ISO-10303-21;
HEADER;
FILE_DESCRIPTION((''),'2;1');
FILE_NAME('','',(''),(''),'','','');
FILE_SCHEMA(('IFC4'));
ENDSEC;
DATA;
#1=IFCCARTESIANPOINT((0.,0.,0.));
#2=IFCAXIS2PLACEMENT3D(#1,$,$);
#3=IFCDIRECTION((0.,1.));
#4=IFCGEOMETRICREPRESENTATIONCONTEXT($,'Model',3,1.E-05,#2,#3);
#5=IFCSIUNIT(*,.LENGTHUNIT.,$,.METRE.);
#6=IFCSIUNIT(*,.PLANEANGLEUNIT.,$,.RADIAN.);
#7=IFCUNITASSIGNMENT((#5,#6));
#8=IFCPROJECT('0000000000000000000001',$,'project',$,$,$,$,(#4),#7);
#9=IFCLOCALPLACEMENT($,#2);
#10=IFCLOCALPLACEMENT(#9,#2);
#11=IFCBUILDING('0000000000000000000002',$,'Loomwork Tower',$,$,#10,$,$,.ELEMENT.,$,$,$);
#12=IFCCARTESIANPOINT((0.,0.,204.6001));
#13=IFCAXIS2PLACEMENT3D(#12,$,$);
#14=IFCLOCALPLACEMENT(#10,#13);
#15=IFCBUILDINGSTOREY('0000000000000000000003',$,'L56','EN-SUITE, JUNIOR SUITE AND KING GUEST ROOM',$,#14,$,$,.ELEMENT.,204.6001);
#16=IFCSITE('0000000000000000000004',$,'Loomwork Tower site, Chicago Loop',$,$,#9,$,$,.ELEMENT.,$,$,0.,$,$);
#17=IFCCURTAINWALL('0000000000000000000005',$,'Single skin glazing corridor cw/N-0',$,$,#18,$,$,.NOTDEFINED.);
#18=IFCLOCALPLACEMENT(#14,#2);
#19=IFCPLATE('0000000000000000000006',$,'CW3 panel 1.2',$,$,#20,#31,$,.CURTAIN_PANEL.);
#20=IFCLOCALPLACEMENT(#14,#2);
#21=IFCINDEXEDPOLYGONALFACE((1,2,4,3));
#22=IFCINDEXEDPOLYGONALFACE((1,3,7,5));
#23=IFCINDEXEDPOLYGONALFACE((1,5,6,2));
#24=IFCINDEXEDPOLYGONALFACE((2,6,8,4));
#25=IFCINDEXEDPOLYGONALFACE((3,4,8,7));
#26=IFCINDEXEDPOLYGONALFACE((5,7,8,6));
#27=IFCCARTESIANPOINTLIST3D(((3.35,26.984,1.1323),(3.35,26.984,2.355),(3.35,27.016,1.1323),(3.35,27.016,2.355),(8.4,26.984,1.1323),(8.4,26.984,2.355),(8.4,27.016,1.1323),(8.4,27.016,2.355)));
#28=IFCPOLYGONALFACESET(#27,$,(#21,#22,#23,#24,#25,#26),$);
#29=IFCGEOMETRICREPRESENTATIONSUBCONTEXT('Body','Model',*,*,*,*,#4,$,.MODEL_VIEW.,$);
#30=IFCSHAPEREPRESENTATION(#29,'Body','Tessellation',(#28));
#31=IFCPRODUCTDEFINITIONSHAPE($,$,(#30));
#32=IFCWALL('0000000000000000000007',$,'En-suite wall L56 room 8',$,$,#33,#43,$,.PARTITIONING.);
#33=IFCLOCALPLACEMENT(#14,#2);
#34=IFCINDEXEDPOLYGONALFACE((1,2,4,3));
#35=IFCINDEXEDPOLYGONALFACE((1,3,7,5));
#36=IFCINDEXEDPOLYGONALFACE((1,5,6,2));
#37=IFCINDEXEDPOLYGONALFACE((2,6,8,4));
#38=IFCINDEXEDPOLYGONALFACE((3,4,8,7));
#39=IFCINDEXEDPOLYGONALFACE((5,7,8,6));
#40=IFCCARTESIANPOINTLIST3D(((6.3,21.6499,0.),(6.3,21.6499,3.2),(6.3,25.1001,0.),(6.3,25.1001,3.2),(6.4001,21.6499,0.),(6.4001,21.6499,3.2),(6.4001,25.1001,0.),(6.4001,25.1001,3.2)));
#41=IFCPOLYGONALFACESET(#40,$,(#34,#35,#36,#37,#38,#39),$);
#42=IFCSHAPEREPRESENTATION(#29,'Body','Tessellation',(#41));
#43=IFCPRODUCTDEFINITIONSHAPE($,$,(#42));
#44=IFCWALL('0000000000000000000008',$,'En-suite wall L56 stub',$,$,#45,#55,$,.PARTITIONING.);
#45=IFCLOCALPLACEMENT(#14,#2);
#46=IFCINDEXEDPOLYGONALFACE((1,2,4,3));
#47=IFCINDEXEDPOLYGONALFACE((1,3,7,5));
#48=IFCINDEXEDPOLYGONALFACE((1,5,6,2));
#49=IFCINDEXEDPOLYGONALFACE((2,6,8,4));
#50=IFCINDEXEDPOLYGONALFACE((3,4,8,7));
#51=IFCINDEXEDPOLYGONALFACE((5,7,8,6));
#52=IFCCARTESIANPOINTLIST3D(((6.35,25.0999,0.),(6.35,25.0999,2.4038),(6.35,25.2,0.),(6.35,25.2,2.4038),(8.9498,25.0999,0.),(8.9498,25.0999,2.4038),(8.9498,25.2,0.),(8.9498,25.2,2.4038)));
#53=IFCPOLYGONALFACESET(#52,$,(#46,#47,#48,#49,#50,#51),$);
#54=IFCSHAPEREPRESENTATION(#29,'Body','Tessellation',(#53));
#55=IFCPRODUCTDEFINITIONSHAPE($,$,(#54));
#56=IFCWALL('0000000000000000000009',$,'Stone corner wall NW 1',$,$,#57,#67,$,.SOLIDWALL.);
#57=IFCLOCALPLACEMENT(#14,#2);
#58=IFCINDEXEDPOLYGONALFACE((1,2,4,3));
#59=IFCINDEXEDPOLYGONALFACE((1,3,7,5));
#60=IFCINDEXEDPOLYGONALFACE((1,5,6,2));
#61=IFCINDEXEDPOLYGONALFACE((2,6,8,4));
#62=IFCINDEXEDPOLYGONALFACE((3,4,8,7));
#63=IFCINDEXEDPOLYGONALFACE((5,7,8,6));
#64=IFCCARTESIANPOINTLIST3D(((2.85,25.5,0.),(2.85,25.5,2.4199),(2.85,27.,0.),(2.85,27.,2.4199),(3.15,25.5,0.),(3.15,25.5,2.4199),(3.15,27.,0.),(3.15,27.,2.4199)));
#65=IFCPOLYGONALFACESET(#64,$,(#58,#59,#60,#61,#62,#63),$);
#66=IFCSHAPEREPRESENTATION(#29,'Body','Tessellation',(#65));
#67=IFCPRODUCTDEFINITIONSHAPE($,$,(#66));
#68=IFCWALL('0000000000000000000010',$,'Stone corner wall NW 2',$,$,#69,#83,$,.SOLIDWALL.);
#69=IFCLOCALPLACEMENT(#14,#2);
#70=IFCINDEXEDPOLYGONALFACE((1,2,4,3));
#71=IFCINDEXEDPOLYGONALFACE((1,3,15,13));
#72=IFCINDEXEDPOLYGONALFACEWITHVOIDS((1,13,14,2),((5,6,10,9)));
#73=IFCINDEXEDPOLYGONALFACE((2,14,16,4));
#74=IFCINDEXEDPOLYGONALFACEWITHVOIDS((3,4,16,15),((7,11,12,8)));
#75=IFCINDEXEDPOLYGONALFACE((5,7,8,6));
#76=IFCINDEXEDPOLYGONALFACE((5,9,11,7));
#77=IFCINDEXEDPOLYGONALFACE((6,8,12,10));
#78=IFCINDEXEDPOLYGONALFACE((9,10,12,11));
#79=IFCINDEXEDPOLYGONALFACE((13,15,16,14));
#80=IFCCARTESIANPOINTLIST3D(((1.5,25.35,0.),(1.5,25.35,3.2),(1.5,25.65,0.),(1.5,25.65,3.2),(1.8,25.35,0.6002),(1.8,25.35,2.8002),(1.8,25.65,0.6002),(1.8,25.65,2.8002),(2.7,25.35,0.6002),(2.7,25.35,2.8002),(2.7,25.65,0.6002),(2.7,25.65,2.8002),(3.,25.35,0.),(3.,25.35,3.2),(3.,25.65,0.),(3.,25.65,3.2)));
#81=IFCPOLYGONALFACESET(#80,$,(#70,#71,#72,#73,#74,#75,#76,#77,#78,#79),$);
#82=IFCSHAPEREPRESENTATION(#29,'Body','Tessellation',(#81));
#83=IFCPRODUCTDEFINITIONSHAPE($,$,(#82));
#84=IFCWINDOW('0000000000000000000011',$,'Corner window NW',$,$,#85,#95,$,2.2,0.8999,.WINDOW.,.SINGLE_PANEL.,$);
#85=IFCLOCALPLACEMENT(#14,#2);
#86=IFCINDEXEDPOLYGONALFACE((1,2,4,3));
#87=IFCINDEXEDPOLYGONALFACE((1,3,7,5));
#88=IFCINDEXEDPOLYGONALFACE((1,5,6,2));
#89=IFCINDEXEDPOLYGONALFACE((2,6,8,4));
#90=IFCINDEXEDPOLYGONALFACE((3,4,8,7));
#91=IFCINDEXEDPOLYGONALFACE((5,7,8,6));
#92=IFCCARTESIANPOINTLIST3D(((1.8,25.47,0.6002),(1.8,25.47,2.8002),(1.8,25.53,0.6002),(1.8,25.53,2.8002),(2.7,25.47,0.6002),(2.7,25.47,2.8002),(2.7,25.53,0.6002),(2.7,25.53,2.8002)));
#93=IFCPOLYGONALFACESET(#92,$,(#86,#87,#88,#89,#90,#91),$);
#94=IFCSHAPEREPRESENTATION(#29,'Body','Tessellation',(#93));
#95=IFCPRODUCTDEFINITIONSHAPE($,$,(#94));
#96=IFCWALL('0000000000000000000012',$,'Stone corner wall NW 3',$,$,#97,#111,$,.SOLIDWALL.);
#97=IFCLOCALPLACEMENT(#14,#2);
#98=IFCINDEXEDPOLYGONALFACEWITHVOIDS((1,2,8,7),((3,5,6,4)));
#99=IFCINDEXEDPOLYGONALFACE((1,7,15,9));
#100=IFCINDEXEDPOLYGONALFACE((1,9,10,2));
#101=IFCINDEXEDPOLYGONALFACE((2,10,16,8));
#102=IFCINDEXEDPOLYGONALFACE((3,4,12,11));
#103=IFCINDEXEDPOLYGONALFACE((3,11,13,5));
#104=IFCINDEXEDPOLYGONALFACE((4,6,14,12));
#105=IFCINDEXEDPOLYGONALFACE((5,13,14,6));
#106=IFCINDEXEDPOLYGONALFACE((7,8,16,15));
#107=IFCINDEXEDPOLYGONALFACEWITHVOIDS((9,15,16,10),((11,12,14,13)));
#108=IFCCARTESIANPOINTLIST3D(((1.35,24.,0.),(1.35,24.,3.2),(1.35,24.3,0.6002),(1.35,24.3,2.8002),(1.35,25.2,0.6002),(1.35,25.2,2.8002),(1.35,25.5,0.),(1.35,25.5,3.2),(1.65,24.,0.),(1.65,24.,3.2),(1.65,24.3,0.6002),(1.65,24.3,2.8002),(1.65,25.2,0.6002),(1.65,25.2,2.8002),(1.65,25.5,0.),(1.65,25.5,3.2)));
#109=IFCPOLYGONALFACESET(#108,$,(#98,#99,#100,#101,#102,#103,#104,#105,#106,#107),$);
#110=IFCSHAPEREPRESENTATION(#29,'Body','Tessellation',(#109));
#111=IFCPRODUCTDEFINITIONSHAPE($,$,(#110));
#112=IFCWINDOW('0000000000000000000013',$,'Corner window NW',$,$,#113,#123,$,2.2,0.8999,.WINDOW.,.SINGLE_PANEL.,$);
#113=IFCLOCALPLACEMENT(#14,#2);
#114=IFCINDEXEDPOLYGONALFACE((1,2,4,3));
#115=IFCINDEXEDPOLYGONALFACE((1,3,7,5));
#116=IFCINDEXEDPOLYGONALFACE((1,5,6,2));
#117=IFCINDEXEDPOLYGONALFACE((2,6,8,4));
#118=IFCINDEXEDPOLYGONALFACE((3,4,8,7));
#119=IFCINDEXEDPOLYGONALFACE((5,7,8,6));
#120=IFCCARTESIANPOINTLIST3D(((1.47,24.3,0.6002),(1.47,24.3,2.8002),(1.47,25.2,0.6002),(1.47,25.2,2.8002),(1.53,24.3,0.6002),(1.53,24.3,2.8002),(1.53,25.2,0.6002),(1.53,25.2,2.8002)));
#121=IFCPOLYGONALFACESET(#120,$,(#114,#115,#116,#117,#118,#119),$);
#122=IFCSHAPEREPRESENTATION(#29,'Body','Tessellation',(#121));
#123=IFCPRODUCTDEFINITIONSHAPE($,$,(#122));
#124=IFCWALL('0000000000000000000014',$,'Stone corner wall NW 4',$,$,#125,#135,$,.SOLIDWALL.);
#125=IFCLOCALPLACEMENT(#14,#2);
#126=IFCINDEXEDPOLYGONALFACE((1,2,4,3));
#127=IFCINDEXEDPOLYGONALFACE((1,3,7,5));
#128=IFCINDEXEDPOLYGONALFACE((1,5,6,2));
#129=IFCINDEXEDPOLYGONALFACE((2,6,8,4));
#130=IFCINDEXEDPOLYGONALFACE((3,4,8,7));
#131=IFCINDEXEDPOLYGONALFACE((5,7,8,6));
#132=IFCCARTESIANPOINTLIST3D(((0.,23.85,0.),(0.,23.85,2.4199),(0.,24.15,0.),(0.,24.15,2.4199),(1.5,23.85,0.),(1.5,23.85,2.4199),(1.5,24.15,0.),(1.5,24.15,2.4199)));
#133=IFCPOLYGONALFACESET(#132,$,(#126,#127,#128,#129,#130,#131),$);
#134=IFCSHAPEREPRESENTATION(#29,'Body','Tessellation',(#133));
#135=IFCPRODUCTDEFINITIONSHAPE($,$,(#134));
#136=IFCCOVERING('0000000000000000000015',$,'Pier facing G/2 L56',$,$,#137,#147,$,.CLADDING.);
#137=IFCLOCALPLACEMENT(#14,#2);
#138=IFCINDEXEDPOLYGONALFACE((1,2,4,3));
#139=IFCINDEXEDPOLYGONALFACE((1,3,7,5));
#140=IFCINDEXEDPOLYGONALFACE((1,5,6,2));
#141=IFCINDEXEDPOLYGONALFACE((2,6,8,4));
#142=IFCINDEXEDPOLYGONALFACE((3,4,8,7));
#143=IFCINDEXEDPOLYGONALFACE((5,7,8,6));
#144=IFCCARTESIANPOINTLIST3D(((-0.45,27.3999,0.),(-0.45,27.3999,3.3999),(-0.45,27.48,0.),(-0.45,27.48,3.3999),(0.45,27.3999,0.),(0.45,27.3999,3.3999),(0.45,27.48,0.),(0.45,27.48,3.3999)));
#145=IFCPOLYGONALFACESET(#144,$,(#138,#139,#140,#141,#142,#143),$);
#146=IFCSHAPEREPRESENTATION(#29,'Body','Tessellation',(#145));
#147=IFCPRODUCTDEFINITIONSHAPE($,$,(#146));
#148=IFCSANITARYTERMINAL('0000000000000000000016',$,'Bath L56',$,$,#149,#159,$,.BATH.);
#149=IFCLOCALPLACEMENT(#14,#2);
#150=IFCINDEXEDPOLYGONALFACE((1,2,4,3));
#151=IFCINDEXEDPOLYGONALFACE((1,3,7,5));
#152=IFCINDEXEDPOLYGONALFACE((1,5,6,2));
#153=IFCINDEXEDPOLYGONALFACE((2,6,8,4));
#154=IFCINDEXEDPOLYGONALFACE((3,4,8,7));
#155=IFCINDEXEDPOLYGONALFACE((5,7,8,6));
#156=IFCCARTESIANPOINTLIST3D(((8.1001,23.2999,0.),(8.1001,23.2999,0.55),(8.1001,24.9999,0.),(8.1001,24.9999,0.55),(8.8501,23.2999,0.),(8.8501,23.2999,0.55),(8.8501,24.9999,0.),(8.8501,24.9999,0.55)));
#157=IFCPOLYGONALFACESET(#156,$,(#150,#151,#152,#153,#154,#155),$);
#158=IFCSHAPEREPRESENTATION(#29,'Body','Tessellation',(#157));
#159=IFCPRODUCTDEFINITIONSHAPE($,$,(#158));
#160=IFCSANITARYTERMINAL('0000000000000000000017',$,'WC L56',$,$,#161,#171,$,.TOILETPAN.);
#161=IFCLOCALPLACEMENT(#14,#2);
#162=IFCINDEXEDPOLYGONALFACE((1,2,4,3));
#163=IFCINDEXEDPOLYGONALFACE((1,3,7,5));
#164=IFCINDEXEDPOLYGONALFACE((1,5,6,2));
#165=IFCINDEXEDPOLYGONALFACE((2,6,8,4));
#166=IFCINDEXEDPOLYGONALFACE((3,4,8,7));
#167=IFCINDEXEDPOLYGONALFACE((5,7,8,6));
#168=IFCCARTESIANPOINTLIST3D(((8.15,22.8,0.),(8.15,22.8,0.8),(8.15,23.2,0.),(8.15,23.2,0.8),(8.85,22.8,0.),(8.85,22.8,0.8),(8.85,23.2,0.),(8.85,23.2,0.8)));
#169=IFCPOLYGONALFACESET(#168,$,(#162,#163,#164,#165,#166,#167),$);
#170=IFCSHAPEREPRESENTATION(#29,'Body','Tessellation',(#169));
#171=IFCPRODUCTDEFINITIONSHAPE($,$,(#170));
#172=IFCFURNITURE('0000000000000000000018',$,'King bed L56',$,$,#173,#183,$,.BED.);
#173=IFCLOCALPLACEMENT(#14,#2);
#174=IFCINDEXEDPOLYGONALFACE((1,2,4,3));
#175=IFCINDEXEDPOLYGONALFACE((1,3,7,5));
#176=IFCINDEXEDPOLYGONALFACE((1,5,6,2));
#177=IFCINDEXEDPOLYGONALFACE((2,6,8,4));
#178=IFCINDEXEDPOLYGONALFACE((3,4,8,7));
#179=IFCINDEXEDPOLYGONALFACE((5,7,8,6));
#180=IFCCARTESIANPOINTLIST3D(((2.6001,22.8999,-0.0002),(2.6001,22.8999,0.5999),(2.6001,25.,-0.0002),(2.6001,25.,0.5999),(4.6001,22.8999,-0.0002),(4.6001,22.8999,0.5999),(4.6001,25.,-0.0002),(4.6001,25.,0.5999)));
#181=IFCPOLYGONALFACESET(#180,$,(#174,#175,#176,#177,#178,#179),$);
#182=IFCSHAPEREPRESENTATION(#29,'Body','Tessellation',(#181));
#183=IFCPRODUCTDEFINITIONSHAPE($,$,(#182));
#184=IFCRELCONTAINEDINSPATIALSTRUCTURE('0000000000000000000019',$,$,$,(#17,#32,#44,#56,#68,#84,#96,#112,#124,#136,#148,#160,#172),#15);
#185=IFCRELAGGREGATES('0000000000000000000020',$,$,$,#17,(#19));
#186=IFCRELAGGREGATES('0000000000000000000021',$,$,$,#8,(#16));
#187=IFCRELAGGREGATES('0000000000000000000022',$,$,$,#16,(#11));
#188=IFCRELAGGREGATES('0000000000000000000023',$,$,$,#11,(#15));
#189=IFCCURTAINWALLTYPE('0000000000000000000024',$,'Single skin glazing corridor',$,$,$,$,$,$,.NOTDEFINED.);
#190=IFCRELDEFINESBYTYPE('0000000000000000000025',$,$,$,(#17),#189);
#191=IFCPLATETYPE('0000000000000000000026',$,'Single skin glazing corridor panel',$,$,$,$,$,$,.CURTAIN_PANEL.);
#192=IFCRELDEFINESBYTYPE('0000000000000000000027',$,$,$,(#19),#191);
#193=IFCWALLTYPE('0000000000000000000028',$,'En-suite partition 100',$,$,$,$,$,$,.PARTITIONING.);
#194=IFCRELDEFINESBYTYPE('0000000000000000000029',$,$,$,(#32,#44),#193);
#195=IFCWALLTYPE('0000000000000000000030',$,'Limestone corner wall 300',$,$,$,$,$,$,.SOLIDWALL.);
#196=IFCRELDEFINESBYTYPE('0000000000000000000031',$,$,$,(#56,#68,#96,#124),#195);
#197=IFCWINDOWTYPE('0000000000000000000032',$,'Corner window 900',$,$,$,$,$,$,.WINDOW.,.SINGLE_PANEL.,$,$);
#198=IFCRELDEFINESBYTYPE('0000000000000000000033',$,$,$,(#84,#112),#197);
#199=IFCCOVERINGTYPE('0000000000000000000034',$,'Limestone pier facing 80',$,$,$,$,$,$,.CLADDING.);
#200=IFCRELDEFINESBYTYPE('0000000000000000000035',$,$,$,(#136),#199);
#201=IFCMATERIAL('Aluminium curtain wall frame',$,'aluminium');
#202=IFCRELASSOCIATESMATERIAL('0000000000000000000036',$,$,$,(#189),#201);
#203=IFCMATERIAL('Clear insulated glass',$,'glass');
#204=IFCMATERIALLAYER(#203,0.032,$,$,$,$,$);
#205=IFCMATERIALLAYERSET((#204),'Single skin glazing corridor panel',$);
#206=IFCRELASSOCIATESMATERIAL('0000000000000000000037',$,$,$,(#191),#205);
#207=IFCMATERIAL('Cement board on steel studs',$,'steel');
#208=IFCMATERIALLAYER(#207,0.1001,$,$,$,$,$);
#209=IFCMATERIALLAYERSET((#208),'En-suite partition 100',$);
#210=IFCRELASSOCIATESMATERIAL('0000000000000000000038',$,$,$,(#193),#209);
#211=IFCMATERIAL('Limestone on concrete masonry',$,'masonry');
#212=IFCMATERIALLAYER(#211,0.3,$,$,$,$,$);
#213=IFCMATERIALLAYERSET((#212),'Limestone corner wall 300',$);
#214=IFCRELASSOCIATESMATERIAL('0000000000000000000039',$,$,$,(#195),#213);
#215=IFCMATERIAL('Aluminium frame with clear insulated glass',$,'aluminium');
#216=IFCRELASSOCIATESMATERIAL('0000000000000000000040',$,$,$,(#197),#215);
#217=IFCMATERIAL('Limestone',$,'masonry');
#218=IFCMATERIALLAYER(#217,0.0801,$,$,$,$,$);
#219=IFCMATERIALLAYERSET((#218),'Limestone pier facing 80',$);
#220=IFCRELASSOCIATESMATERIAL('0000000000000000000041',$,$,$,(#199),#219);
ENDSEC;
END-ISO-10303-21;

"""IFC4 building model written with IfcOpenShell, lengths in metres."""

from ifc_helpers import new_model, si_unit, direction, frame, frame_2d, origin, origin_2d, place, context, subcontext, project, spatial, rectangle, extrude, material, layer, layer_set, type_object, element, fill, aggregate, save


model = new_model("IFC4")

# Units and contexts
model_context = context("Model", 3, precision=1e-05, world=origin(), true_north=direction((0.0, 1.0)))
body_context = subcontext(model_context, "Body", "Model", "MODEL_VIEW")
ifc_project = project(units=[si_unit("LENGTHUNIT", "METRE"), si_unit("PLANEANGLEUNIT", "RADIAN")], contexts=[model_context])

# Site, building, storey
site_placement = place(None, origin())
site = spatial("IfcSite", under=ifc_project, at=site_placement, Name="Loomwork Tower site, Chicago Loop", CompositionType="ELEMENT", RefElevation=0.0)
building_placement = place(site_placement, origin())
building = spatial("IfcBuilding", under=site, at=building_placement, Name="Loomwork Tower", CompositionType="ELEMENT")
storey_placement = place(building_placement, frame((0.0, 0.0, 204.6001)))
storey = spatial("IfcBuildingStorey", under=building, at=storey_placement, Name="L56", Description="EN-SUITE, JUNIOR SUITE AND KING GUEST ROOM", CompositionType="ELEMENT", Elevation=204.6001)

# Curtain wall
ifc_material_1 = material(Name="Aluminium curtain wall frame", Category="aluminium")
curtain_wall_type_1 = type_object("IfcCurtainWallType", Name="Single skin glazing corridor", PredefinedType="NOTDEFINED", material=ifc_material_1)
curtain_wall_1_placement = place(storey_placement, origin())
curtain_wall_1 = element("IfcCurtainWall", 1, at=curtain_wall_1_placement, inside=storey, type_object=curtain_wall_type_1, Name="Single skin glazing corridor cw/N-0", PredefinedType="NOTDEFINED")

# Plate
ifc_material_2 = material(Name="Clear insulated glass", Category="glass")
ifc_layer_1 = layer(ifc_material_2, 0.032)
ifc_layer_set_1 = layer_set([ifc_layer_1], Name="Single skin glazing corridor panel")
plate_type_1 = type_object("IfcPlateType", Name="Single skin glazing corridor panel", PredefinedType="CURTAIN_PANEL", material=ifc_layer_set_1)
plate_1_placement = place(storey_placement, frame((5.875, 27.0, 1.1323), z_axis=(0.0, 0.0, 1.0), x_axis=(-1.0, 0.0, 0.0)))
plate_1 = element("IfcPlate", 2, at=plate_1_placement, type_object=plate_type_1, Name="CW3 panel 1.2", PredefinedType="CURTAIN_PANEL", context=body_context, shape_type="SweptSolid", body=[
    extrude(rectangle(XDim=5.05, YDim=0.032, at=origin_2d()), origin(), (0.0, 0.0, 1.0), 1.2227),
])
aggregate(curtain_wall_1, [plate_1])

# Walls
ifc_material_3 = material(Name="Cement board on steel studs", Category="steel")
ifc_layer_2 = layer(ifc_material_3, 0.1001)
ifc_layer_set_2 = layer_set([ifc_layer_2], Name="En-suite partition 100")
wall_type_1 = type_object("IfcWallType", Name="En-suite partition 100", PredefinedType="PARTITIONING", material=ifc_layer_set_2)
wall_1_placement = place(storey_placement, frame((6.3501, 21.6499, 0.0), z_axis=(0.0, 0.0, 1.0), x_axis=(0.0, 1.0, 0.0)))
element("IfcWall", 3, at=wall_1_placement, inside=storey, type_object=wall_type_1, Name="En-suite wall L56 room 8", PredefinedType="PARTITIONING", context=body_context, shape_type="SweptSolid", body=[
    extrude(rectangle(XDim=3.4502, YDim=0.1001, at=frame_2d((1.7251, 0.0))), origin(), (0.0, 0.0, 1.0), 3.2),
])
wall_2_placement = place(storey_placement, frame((6.3501, 25.1499, 0.0), z_axis=(0.0, 0.0, 1.0), x_axis=(1.0, 0.0, 0.0)))
element("IfcWall", 4, at=wall_2_placement, inside=storey, type_object=wall_type_1, Name="En-suite wall L56 stub", PredefinedType="PARTITIONING", context=body_context, shape_type="SweptSolid", body=[
    extrude(rectangle(XDim=2.5999, YDim=0.1001, at=frame_2d((1.2998, 0.0))), origin(), (0.0, 0.0, 1.0), 2.4038),
])
ifc_material_4 = material(Name="Limestone on concrete masonry", Category="masonry")
ifc_layer_3 = layer(ifc_material_4, 0.3)
ifc_layer_set_3 = layer_set([ifc_layer_3], Name="Limestone corner wall 300")
wall_type_2 = type_object("IfcWallType", Name="Limestone corner wall 300", PredefinedType="SOLIDWALL", material=ifc_layer_set_3)
wall_3_placement = place(storey_placement, frame((3.0, 27.0, 0.0), z_axis=(0.0, 0.0, 1.0), x_axis=(0.0, -1.0, 0.0)))
element("IfcWall", 5, at=wall_3_placement, inside=storey, type_object=wall_type_2, Name="Stone corner wall NW 1", PredefinedType="SOLIDWALL", context=body_context, shape_type="SweptSolid", body=[
    extrude(rectangle(XDim=1.5, YDim=0.3, at=frame_2d((0.75, 0.0))), origin(), (0.0, 0.0, 1.0), 2.4199),
])

# Walls, openings, windows
wall_4_placement = place(storey_placement, frame((3.0, 25.5, 0.0), z_axis=(0.0, 0.0, 1.0), x_axis=(-1.0, 0.0, 0.0)))
wall_4 = element("IfcWall", 6, at=wall_4_placement, inside=storey, type_object=wall_type_2, Name="Stone corner wall NW 2", PredefinedType="SOLIDWALL", context=body_context, shape_type="SweptSolid", body=[
    extrude(rectangle(XDim=1.5, YDim=0.3, at=frame_2d((0.75, 0.0))), origin(), (0.0, 0.0, 1.0), 3.2),
])
opening_1_placement = place(wall_4_placement, frame((0.3, 0.0, 0.6001)))
opening_1 = element("IfcOpeningElement", 7, at=opening_1_placement, cuts=wall_4, PredefinedType="OPENING", context=body_context, shape_type="SweptSolid", body=[
    extrude(rectangle(XDim=0.8999, YDim=2.2, at=frame_2d((0.45, 1.1001))), frame((0.0, 0.1599, 0.0), z_axis=(0.0, -1.0, 0.0), x_axis=(1.0, 0.0, 0.0)), (0.0, 0.0, 1.0), 0.3201),
])
ifc_material_5 = material(Name="Aluminium frame with clear insulated glass", Category="aluminium")
window_type = type_object("IfcWindowType", Name="Corner window 900", PartitioningType="SINGLE_PANEL", PredefinedType="WINDOW", material=ifc_material_5)
window_1_placement = place(opening_1_placement, origin())
window_1 = element("IfcWindow", 8, at=window_1_placement, inside=storey, type_object=window_type, Name="Corner window NW", OverallHeight=2.2, OverallWidth=0.8999, PartitioningType="SINGLE_PANEL", PredefinedType="WINDOW", context=body_context, shape_type="SweptSolid", body=[
    extrude(rectangle(XDim=0.8999, YDim=2.2, at=frame_2d((0.45, 1.1001))), frame((0.0, 0.03, 0.0), z_axis=(0.0, -1.0, 0.0), x_axis=(1.0, 0.0, 0.0)), (0.0, 0.0, 1.0), 0.0601),
])
fill(opening_1, window_1)
wall_5_placement = place(storey_placement, frame((1.5, 25.5, 0.0), z_axis=(0.0, 0.0, 1.0), x_axis=(0.0, -1.0, 0.0)))
wall_5 = element("IfcWall", 9, at=wall_5_placement, inside=storey, type_object=wall_type_2, Name="Stone corner wall NW 3", PredefinedType="SOLIDWALL", context=body_context, shape_type="SweptSolid", body=[
    extrude(rectangle(XDim=1.5, YDim=0.3, at=frame_2d((0.75, 0.0))), origin(), (0.0, 0.0, 1.0), 3.2),
])
opening_2_placement = place(wall_5_placement, frame((0.3, 0.0, 0.6001)))
opening_2 = element("IfcOpeningElement", 10, at=opening_2_placement, cuts=wall_5, PredefinedType="OPENING", context=body_context, shape_type="SweptSolid", body=[
    extrude(rectangle(XDim=0.8999, YDim=2.2, at=frame_2d((0.45, 1.1001))), frame((0.0, 0.1599, 0.0), z_axis=(0.0, -1.0, 0.0), x_axis=(1.0, 0.0, 0.0)), (0.0, 0.0, 1.0), 0.3201),
])
window_2_placement = place(opening_2_placement, origin())
window_2 = element("IfcWindow", 11, at=window_2_placement, inside=storey, type_object=window_type, Name="Corner window NW", OverallHeight=2.2, OverallWidth=0.8999, PartitioningType="SINGLE_PANEL", PredefinedType="WINDOW", context=body_context, shape_type="SweptSolid", body=[
    extrude(rectangle(XDim=0.8999, YDim=2.2, at=frame_2d((0.45, 1.1001))), frame((0.0, 0.03, 0.0), z_axis=(0.0, -1.0, 0.0), x_axis=(1.0, 0.0, 0.0)), (0.0, 0.0, 1.0), 0.0601),
])
fill(opening_2, window_2)

# Wall
wall_6_placement = place(storey_placement, frame((1.5, 24.0, 0.0), z_axis=(0.0, 0.0, 1.0), x_axis=(-1.0, 0.0, 0.0)))
element("IfcWall", 12, at=wall_6_placement, inside=storey, type_object=wall_type_2, Name="Stone corner wall NW 4", PredefinedType="SOLIDWALL", context=body_context, shape_type="SweptSolid", body=[
    extrude(rectangle(XDim=1.5, YDim=0.3, at=frame_2d((0.75, 0.0))), origin(), (0.0, 0.0, 1.0), 2.4199),
])

# Covering
ifc_material_6 = material(Name="Limestone", Category="masonry")
ifc_layer_4 = layer(ifc_material_6, 0.0801)
ifc_layer_set_4 = layer_set([ifc_layer_4], Name="Limestone pier facing 80")
covering_type = type_object("IfcCoveringType", Name="Limestone pier facing 80", PredefinedType="CLADDING", material=ifc_layer_set_4)
covering_placement = place(storey_placement, frame((0.0, 27.4399, 0.0), z_axis=(0.0, 0.0, 1.0), x_axis=(1.0, 0.0, 0.0)))
element("IfcCovering", 13, at=covering_placement, inside=storey, type_object=covering_type, Name="Pier facing G/2 L56", PredefinedType="CLADDING", context=body_context, shape_type="SweptSolid", body=[
    extrude(rectangle(XDim=0.8999, YDim=0.0801, at=origin_2d()), origin(), (0.0, 0.0, 1.0), 3.3999),
])

# Sanitary terminals
sanitary_terminal_1_placement = place(storey_placement, frame((8.4751, 24.1499, 0.0), z_axis=(0.0, 0.0, 1.0), x_axis=(1.0, 0.0, 0.0)))
element("IfcSanitaryTerminal", 14, at=sanitary_terminal_1_placement, inside=storey, Name="Bath L56", PredefinedType="BATH", context=body_context, shape_type="SweptSolid", body=[
    extrude(rectangle(XDim=0.75, YDim=1.7, at=origin_2d()), origin(), (0.0, 0.0, 1.0), 0.55),
])
sanitary_terminal_2_placement = place(storey_placement, frame((8.5, 23.0, 0.0), z_axis=(0.0, 0.0, 1.0), x_axis=(1.0, 0.0, 0.0)))
element("IfcSanitaryTerminal", 15, at=sanitary_terminal_2_placement, inside=storey, Name="WC L56", PredefinedType="TOILETPAN", context=body_context, shape_type="SweptSolid", body=[
    extrude(rectangle(XDim=0.7, YDim=0.3999, at=origin_2d()), origin(), (0.0, 0.0, 1.0), 0.8),
])

# Furniture
furniture_placement = place(storey_placement, frame((3.6001, 23.95, -0.0002), z_axis=(0.0, 0.0, 1.0), x_axis=(1.0, 0.0, 0.0)))
element("IfcFurniture", 16, at=furniture_placement, inside=storey, Name="King bed L56", PredefinedType="BED", context=body_context, shape_type="SweptSolid", body=[
    extrude(rectangle(XDim=2.0, YDim=2.1001, at=origin_2d()), origin(), (0.0, 0.0, 1.0), 0.6001),
])

save(model, "model.ifc")
